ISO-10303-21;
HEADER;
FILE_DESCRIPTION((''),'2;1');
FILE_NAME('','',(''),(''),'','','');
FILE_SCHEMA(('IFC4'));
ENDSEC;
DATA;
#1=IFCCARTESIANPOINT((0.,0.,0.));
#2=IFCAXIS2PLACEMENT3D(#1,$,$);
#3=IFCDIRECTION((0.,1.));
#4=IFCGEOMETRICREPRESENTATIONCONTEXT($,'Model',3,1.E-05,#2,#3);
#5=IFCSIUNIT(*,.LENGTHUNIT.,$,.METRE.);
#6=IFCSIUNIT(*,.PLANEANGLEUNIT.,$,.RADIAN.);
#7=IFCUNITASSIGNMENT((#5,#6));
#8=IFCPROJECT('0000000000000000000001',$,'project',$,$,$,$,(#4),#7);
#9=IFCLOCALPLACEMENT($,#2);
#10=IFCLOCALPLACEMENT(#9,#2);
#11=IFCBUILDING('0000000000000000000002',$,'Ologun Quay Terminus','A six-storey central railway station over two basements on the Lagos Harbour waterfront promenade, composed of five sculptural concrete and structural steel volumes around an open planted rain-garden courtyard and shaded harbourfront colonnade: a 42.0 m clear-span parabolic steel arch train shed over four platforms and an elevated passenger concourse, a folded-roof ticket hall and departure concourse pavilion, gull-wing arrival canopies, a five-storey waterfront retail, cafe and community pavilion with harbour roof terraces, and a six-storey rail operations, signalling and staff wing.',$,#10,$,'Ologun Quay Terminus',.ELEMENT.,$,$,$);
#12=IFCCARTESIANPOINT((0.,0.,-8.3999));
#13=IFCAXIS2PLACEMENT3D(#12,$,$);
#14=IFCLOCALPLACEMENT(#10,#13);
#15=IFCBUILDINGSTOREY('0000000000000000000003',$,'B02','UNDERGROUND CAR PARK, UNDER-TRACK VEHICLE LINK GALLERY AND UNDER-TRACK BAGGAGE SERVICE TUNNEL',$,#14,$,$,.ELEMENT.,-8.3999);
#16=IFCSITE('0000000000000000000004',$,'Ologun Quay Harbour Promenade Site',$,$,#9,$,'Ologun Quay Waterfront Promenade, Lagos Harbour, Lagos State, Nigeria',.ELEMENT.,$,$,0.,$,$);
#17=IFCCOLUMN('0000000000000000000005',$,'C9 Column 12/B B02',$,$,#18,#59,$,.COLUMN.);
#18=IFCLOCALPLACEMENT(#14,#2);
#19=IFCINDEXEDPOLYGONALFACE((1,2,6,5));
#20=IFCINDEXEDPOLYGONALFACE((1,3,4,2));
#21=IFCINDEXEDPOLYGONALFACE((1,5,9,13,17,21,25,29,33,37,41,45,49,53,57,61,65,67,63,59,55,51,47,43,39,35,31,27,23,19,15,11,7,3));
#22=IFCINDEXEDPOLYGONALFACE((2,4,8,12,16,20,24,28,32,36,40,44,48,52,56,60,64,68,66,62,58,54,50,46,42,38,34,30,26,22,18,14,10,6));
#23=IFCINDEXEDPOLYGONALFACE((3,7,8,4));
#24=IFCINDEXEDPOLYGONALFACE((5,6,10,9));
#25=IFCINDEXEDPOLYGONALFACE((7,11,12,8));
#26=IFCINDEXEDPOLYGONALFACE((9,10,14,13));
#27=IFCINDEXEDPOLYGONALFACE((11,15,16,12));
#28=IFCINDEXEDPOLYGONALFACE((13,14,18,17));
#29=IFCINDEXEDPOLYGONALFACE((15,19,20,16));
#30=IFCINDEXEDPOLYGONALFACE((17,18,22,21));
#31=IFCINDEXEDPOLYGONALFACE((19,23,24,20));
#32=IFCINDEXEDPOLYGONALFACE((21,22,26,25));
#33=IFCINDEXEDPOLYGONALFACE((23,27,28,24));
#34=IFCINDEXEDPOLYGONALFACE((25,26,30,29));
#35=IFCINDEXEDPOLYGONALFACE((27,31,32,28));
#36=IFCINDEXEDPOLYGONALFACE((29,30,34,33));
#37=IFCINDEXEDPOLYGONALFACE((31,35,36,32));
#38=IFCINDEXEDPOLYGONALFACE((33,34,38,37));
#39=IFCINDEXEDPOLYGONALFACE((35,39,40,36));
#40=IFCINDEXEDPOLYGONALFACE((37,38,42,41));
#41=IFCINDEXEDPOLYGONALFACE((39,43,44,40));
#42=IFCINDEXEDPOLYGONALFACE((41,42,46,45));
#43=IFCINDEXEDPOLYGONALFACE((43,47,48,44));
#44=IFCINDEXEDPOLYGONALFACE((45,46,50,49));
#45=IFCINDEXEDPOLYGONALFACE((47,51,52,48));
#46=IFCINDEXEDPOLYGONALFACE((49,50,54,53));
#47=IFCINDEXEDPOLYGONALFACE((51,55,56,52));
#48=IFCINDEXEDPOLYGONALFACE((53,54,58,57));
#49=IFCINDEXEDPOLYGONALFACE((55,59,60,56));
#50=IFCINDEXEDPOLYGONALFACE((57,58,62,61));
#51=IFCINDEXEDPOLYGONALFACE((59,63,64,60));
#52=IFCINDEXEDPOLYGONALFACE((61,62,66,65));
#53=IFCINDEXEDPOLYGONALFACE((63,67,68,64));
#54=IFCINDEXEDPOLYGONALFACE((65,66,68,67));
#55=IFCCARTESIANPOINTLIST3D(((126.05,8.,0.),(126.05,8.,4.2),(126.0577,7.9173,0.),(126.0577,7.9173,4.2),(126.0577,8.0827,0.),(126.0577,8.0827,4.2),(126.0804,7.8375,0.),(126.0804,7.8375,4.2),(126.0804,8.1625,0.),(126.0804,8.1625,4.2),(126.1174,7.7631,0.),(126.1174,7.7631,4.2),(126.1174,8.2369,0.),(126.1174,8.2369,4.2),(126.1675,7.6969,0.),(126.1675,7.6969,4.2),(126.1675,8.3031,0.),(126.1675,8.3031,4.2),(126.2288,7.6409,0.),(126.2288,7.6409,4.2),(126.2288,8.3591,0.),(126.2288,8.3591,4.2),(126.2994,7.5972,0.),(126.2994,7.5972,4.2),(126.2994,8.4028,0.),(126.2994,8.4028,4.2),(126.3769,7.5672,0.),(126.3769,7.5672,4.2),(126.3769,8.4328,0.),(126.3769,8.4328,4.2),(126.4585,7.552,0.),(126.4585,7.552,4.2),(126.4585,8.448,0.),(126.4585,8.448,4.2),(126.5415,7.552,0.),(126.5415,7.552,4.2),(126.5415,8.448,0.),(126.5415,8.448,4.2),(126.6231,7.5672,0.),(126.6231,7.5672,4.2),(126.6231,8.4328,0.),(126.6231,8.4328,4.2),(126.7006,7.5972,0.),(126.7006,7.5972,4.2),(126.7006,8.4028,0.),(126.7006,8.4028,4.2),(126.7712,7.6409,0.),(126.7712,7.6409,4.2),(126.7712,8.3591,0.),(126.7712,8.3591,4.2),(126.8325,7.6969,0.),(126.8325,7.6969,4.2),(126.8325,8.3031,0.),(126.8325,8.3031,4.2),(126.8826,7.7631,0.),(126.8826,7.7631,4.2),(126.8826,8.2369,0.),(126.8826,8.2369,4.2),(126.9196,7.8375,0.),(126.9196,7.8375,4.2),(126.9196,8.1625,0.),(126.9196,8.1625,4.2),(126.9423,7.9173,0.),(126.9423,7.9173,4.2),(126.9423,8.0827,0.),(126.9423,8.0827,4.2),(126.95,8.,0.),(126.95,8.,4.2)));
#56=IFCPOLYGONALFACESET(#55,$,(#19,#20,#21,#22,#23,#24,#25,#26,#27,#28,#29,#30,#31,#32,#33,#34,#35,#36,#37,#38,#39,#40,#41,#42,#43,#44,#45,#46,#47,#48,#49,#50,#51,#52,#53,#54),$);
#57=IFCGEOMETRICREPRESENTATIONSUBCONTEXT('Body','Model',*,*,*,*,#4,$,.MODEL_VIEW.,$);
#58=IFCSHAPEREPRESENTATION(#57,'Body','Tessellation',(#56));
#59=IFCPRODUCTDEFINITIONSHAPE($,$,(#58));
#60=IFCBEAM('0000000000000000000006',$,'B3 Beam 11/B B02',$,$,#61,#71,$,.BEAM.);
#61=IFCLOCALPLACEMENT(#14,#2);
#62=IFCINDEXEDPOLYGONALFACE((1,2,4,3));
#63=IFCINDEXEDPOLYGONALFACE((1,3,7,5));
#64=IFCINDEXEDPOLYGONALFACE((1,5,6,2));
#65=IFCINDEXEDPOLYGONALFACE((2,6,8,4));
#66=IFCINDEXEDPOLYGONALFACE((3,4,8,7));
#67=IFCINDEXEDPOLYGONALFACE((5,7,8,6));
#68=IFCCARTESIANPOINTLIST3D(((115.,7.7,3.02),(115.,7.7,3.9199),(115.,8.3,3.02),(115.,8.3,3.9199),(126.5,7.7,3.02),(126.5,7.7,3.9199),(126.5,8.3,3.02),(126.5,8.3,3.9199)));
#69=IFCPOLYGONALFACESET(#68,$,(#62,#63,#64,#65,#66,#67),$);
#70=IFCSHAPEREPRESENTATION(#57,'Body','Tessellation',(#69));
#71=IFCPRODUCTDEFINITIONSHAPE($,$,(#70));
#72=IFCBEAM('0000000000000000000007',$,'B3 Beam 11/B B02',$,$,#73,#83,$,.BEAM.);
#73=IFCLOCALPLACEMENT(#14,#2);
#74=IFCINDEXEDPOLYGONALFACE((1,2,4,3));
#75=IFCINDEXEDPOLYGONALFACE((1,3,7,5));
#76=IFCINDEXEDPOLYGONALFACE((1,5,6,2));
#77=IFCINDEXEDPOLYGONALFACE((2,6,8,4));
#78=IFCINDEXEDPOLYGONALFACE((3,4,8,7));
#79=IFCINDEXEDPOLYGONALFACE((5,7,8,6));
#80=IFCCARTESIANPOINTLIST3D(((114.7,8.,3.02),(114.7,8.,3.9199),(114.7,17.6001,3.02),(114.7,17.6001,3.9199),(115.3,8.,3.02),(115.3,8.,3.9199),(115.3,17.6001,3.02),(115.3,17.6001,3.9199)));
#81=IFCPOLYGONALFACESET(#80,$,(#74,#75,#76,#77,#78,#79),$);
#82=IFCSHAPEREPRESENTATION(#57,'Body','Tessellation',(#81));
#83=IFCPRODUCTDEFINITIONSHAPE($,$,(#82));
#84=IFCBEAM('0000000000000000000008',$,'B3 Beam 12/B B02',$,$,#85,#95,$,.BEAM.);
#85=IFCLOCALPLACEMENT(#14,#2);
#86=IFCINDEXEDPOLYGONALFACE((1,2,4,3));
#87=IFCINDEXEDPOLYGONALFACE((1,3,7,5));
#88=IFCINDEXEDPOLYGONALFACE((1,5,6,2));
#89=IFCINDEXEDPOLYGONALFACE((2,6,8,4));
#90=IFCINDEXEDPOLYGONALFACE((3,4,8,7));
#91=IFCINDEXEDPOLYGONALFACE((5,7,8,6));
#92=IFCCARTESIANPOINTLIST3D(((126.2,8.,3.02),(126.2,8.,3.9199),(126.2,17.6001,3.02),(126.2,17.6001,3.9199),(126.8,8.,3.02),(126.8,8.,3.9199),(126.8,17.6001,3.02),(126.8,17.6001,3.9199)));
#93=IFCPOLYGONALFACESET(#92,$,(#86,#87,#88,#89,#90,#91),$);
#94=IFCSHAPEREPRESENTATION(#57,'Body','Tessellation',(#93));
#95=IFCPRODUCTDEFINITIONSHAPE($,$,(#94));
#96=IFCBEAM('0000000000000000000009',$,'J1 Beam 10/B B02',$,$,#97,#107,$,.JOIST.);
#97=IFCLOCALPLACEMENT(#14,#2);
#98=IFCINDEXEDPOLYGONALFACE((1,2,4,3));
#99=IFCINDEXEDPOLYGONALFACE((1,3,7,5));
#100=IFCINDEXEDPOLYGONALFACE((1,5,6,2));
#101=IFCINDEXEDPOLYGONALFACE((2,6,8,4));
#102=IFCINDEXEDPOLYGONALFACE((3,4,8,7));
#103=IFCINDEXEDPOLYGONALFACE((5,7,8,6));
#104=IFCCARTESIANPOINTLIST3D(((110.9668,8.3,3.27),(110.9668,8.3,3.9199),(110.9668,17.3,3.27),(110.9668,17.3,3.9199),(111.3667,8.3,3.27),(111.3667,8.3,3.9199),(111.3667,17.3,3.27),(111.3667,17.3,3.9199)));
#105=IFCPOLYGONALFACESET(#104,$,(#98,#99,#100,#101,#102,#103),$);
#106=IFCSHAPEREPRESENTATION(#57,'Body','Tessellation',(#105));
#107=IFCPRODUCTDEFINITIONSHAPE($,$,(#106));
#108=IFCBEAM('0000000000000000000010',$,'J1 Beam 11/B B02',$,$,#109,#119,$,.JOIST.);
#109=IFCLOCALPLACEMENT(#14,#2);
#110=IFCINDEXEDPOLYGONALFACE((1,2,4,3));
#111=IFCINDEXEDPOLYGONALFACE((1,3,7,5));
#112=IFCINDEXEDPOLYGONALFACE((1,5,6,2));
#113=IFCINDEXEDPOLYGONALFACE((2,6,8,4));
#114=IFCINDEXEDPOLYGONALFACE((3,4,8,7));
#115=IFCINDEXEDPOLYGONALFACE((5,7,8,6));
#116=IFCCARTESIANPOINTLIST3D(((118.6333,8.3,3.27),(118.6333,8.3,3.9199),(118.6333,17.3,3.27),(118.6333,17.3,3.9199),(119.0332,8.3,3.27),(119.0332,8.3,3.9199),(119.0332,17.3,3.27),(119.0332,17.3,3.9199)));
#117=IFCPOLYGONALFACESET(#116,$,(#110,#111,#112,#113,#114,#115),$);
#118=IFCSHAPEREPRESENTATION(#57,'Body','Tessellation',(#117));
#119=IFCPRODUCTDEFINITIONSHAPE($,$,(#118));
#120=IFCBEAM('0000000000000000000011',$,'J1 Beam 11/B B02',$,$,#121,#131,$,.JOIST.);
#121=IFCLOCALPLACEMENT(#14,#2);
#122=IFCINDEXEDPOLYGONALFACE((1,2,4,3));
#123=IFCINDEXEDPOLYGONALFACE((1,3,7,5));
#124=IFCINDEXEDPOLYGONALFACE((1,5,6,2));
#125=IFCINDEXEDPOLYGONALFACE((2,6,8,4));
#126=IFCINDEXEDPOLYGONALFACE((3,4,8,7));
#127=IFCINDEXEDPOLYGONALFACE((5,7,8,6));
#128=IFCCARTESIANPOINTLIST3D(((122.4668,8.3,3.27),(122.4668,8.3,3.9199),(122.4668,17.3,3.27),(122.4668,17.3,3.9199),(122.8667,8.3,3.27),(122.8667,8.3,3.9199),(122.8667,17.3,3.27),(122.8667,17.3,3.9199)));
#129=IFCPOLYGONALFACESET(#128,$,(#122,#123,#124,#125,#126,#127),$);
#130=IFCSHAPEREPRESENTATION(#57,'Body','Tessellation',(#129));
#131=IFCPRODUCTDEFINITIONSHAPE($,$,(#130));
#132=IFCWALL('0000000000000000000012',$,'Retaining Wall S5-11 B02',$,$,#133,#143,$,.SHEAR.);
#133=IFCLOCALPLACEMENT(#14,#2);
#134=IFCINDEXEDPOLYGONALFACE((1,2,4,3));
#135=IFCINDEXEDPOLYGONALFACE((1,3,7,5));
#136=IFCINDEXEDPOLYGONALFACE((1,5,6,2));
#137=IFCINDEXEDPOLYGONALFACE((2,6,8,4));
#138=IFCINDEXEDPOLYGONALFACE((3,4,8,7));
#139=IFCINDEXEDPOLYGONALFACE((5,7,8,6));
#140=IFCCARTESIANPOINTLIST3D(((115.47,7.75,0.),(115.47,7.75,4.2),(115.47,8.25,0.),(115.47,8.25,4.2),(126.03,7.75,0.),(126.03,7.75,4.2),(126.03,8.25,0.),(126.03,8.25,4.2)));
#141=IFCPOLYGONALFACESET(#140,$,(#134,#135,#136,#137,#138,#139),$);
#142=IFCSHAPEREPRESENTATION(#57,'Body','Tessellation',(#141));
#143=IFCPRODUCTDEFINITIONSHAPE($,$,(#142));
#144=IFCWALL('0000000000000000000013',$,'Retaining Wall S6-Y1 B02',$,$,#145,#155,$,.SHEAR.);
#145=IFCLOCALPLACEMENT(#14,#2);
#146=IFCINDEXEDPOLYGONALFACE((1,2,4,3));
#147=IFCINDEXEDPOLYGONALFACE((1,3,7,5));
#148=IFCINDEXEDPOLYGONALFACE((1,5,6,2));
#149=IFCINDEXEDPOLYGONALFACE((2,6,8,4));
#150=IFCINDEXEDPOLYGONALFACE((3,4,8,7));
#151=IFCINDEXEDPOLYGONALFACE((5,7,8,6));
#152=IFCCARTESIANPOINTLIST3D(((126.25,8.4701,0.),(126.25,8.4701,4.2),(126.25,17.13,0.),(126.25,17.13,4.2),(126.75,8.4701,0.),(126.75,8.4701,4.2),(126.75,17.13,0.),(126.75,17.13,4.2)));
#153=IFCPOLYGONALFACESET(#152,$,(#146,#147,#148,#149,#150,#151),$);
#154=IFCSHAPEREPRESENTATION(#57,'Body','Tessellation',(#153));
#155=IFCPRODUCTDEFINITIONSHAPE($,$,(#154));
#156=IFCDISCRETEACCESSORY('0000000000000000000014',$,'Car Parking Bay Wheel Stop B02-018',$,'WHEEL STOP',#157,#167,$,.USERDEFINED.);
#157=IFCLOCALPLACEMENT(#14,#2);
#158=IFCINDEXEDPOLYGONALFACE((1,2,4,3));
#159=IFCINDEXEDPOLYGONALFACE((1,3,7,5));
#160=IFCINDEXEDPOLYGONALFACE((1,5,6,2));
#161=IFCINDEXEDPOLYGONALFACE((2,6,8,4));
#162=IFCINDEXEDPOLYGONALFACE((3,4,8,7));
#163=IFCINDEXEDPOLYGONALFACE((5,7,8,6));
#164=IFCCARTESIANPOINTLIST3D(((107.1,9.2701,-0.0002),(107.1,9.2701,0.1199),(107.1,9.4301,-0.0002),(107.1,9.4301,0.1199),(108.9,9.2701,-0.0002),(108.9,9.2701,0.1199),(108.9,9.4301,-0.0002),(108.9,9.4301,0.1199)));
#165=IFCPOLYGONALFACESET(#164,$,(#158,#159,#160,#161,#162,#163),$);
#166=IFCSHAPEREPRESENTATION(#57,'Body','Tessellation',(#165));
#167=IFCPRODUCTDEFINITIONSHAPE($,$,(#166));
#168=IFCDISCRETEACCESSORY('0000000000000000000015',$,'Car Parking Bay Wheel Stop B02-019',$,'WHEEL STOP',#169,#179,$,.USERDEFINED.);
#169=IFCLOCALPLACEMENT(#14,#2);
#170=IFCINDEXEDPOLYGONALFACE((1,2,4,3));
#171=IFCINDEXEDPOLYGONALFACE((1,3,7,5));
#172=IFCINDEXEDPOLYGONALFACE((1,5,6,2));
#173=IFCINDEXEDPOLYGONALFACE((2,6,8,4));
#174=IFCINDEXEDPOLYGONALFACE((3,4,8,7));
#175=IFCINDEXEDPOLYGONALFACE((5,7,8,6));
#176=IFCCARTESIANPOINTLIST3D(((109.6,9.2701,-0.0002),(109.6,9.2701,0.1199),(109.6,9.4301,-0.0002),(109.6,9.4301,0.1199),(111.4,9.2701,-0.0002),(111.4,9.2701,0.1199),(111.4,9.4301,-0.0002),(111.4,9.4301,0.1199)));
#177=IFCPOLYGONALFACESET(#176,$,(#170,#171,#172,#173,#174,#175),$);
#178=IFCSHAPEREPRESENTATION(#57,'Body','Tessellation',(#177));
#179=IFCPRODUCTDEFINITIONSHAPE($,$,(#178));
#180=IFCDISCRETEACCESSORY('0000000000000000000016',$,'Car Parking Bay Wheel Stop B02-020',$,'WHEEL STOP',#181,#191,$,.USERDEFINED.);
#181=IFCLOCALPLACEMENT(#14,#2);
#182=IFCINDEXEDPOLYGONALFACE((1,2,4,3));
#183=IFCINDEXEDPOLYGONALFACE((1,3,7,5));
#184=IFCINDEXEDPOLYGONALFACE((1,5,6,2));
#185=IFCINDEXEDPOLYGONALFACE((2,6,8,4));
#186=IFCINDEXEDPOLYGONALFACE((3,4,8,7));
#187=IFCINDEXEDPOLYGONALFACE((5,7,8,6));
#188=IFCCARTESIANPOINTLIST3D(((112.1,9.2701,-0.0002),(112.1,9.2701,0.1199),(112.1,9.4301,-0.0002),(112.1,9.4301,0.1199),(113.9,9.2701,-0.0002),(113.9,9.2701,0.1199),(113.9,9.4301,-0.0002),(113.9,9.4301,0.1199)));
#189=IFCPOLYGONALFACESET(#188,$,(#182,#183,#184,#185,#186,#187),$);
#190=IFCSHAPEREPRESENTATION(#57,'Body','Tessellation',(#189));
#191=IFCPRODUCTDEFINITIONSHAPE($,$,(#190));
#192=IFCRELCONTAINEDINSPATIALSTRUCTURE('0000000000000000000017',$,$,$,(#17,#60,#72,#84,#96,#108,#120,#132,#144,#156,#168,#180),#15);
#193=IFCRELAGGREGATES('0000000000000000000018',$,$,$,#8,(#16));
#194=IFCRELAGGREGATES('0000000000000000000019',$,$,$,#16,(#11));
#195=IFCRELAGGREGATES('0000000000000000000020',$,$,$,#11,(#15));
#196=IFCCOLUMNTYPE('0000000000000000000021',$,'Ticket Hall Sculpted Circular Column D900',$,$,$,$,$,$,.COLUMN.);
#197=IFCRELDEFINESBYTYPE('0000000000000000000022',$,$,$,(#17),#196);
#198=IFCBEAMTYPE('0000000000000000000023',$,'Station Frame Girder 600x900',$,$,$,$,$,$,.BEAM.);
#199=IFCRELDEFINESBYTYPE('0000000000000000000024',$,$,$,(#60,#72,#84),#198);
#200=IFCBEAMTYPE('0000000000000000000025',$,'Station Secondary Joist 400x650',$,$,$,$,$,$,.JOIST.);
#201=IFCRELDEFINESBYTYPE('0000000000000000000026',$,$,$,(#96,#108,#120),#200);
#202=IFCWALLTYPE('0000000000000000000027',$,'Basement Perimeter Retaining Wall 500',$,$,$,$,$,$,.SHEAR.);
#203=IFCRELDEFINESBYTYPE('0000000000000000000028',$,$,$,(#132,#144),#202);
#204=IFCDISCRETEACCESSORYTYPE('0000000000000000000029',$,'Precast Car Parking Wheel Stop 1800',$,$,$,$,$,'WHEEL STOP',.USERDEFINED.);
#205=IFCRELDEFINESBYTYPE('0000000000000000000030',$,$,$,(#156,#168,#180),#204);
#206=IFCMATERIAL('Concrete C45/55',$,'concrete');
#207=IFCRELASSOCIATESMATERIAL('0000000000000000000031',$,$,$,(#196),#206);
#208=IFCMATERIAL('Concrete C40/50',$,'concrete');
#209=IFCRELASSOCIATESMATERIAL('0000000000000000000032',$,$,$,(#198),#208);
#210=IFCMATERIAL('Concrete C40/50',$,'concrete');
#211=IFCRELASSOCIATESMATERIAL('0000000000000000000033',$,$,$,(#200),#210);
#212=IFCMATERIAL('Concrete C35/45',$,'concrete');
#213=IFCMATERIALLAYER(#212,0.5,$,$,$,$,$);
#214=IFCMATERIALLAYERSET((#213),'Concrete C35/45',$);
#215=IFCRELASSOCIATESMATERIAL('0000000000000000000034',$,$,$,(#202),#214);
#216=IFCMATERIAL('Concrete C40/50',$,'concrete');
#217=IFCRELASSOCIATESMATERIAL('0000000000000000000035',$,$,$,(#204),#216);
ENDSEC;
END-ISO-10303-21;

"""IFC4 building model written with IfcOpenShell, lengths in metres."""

from ifc_helpers import new_model, si_unit, direction, frame, frame_2d, origin, origin_2d, place, context, subcontext, project, spatial, rectangle, circle, extrude, material, layer, layer_set, material_profile, profile_set, type_object, element, save


model = new_model("IFC4")

# Units and contexts
model_context = context("Model", 3, precision=1e-05, world=origin(), true_north=direction((0.0, 1.0)))
body_context = subcontext(model_context, "Body", "Model", "MODEL_VIEW")
ifc_project = project(units=[si_unit("LENGTHUNIT", "METRE"), si_unit("PLANEANGLEUNIT", "RADIAN")], contexts=[model_context])

# Site, building, storey
site_placement = place(None, origin())
site = spatial("IfcSite", under=ifc_project, at=site_placement, Name="Ologun Quay Harbour Promenade Site", LongName="Ologun Quay Waterfront Promenade, Lagos Harbour, Lagos State, Nigeria", CompositionType="ELEMENT", RefElevation=0.0)
building_placement = place(site_placement, origin())
building = spatial("IfcBuilding", under=site, at=building_placement, Name="Ologun Quay Terminus", Description="A six-storey central railway station over two basements on the Lagos Harbour waterfront promenade, composed of five sculptural concrete and structural steel volumes around an open planted rain-garden courtyard and shaded harbourfront colonnade: a 42.0 m clear-span parabolic steel arch train shed over four platforms and an elevated passenger concourse, a folded-roof ticket hall and departure concourse pavilion, gull-wing arrival canopies, a five-storey waterfront retail, cafe and community pavilion with harbour roof terraces, and a six-storey rail operations, signalling and staff wing.", LongName="Ologun Quay Terminus", CompositionType="ELEMENT")
storey_placement = place(building_placement, frame((0.0, 0.0, -8.3999)))
storey = spatial("IfcBuildingStorey", under=building, at=storey_placement, Name="B02", Description="UNDERGROUND CAR PARK, UNDER-TRACK VEHICLE LINK GALLERY AND UNDER-TRACK BAGGAGE SERVICE TUNNEL", CompositionType="ELEMENT", Elevation=-8.3999)

# Column
ifc_material_1 = material(Name="Concrete C45/55", Category="concrete")
ifc_material_profile_1 = material_profile(ifc_material_1, circle(Radius=0.45, at=origin_2d()), Name="RC D900")
ifc_profile_set_1 = profile_set([ifc_material_profile_1], Name="Concrete C45/55")
column_type_1 = type_object("IfcColumnType", Name="Ticket Hall Sculpted Circular Column D900", PredefinedType="COLUMN", material=ifc_profile_set_1)
for number, where, z_axis, x_axis, name in (
    (1, (126.5, 8.0, 0.0), (0.0, 0.0, 1.0), (1.0, 0.0, 0.0), "C9 Column 12/B B02"),
):
    element("IfcColumn", number, at=place(storey_placement, frame(where, z_axis=z_axis, x_axis=x_axis)), inside=storey, type_object=column_type_1, Name=name, PredefinedType="COLUMN", context=body_context, shape_type="SweptSolid", body=[
        extrude(circle(Radius=0.45, at=origin_2d()), origin(), (0.0, 0.0, 1.0), 4.2),
    ])

# Beams
ifc_material_2 = material(Name="Concrete C40/50", Category="concrete")
ifc_material_profile_2 = material_profile(ifc_material_2, rectangle(XDim=0.6001, YDim=0.8999, at=origin_2d()), Name="RC 600x900")
ifc_profile_set_2 = profile_set([ifc_material_profile_2], Name="Concrete C40/50")
beam_type_1 = type_object("IfcBeamType", Name="Station Frame Girder 600x900", PredefinedType="BEAM", material=ifc_profile_set_2)
beam_placement = place(storey_placement, frame((115.0, 8.0, 3.47), z_axis=(1.0, 0.0, 0.0), x_axis=(0.0, 1.0, 0.0)))
element("IfcBeam", 2, at=beam_placement, inside=storey, type_object=beam_type_1, Name="B3 Beam 11/B B02", PredefinedType="BEAM", context=body_context, shape_type="SweptSolid", body=[
    extrude(rectangle(XDim=0.6001, YDim=0.8999, at=origin_2d()), origin(), (0.0, 0.0, 1.0), 11.5),
])
for number, where, z_axis, x_axis, name in (
    (3, (115.0, 8.0, 3.47), (0.0, 1.0, 0.0), (-1.0, 0.0, 0.0), "B3 Beam 11/B B02"),
    (4, (126.5, 8.0, 3.47), (0.0, 1.0, 0.0), (-1.0, 0.0, 0.0), "B3 Beam 12/B B02"),
):
    element("IfcBeam", number, at=place(storey_placement, frame(where, z_axis=z_axis, x_axis=x_axis)), inside=storey, type_object=beam_type_1, Name=name, PredefinedType="BEAM", context=body_context, shape_type="SweptSolid", body=[
        extrude(rectangle(XDim=0.6001, YDim=0.8999, at=origin_2d()), origin(), (0.0, 0.0, 1.0), 9.6001),
    ])
ifc_material_3 = material(Name="Concrete C40/50", Category="concrete")
ifc_material_profile_3 = material_profile(ifc_material_3, rectangle(XDim=0.3999, YDim=0.6499, at=origin_2d()), Name="RC 400x650")
ifc_profile_set_3 = profile_set([ifc_material_profile_3], Name="Concrete C40/50")
beam_type_2 = type_object("IfcBeamType", Name="Station Secondary Joist 400x650", PredefinedType="JOIST", material=ifc_profile_set_3)
for number, where, z_axis, x_axis, name in (
    (5, (111.1667, 8.3, 3.595), (0.0, 1.0, 0.0), (-1.0, 0.0, 0.0), "J1 Beam 10/B B02"),
    (6, (118.8333, 8.3, 3.595), (0.0, 1.0, 0.0), (-1.0, 0.0, 0.0), "J1 Beam 11/B B02"),
    (7, (122.6667, 8.3, 3.595), (0.0, 1.0, 0.0), (-1.0, 0.0, 0.0), "J1 Beam 11/B B02"),
):
    element("IfcBeam", number, at=place(storey_placement, frame(where, z_axis=z_axis, x_axis=x_axis)), inside=storey, type_object=beam_type_2, Name=name, PredefinedType="JOIST", context=body_context, shape_type="SweptSolid", body=[
        extrude(rectangle(XDim=0.3999, YDim=0.6499, at=origin_2d()), origin(), (0.0, 0.0, 1.0), 9.0),
    ])

# Walls
ifc_material_4 = material(Name="Concrete C35/45", Category="concrete")
ifc_layer = layer(ifc_material_4, 0.5)
ifc_layer_set = layer_set([ifc_layer], Name="Concrete C35/45")
wall_type = type_object("IfcWallType", Name="Basement Perimeter Retaining Wall 500", PredefinedType="SHEAR", material=ifc_layer_set)
wall_1_placement = place(storey_placement, frame((115.47, 8.0, 0.0), z_axis=(0.0, 0.0, 1.0), x_axis=(1.0, 0.0, 0.0)))
element("IfcWall", 8, at=wall_1_placement, inside=storey, type_object=wall_type, Name="Retaining Wall S5-11 B02", PredefinedType="SHEAR", context=body_context, shape_type="SweptSolid", body=[
    extrude(rectangle(XDim=10.5601, YDim=0.5, at=frame_2d((5.28, 0.0))), origin(), (0.0, 0.0, 1.0), 4.2),
])
wall_2_placement = place(storey_placement, frame((126.5, 8.47, 0.0), z_axis=(0.0, 0.0, 1.0), x_axis=(0.0, 1.0, 0.0)))
element("IfcWall", 9, at=wall_2_placement, inside=storey, type_object=wall_type, Name="Retaining Wall S6-Y1 B02", PredefinedType="SHEAR", context=body_context, shape_type="SweptSolid", body=[
    extrude(rectangle(XDim=8.6599, YDim=0.5, at=frame_2d((4.3301, 0.0))), origin(), (0.0, 0.0, 1.0), 4.2),
])

# Discrete accessories
ifc_material_5 = material(Name="Concrete C40/50", Category="concrete")
discrete_accessory_type = type_object("IfcDiscreteAccessoryType", Name="Precast Car Parking Wheel Stop 1800", ElementType="WHEEL STOP", PredefinedType="USERDEFINED", material=ifc_material_5)
for number, where, z_axis, x_axis, name in (
    (10, (108.0, 9.3501, -0.0002), (0.0, 0.0, 1.0), (1.0, 0.0, 0.0), "Car Parking Bay Wheel Stop B02-018"),
    (11, (110.5, 9.3501, -0.0002), (0.0, 0.0, 1.0), (1.0, 0.0, 0.0), "Car Parking Bay Wheel Stop B02-019"),
    (12, (113.0, 9.3501, -0.0002), (0.0, 0.0, 1.0), (1.0, 0.0, 0.0), "Car Parking Bay Wheel Stop B02-020"),
):
    element("IfcDiscreteAccessory", number, at=place(storey_placement, frame(where, z_axis=z_axis, x_axis=x_axis)), inside=storey, type_object=discrete_accessory_type, Name=name, ObjectType="WHEEL STOP", PredefinedType="USERDEFINED", context=body_context, shape_type="SweptSolid", body=[
        extrude(rectangle(XDim=1.8, YDim=0.1599, at=origin_2d()), origin(), (0.0, 0.0, 1.0), 0.1201),
    ])

save(model, "model.ifc")
